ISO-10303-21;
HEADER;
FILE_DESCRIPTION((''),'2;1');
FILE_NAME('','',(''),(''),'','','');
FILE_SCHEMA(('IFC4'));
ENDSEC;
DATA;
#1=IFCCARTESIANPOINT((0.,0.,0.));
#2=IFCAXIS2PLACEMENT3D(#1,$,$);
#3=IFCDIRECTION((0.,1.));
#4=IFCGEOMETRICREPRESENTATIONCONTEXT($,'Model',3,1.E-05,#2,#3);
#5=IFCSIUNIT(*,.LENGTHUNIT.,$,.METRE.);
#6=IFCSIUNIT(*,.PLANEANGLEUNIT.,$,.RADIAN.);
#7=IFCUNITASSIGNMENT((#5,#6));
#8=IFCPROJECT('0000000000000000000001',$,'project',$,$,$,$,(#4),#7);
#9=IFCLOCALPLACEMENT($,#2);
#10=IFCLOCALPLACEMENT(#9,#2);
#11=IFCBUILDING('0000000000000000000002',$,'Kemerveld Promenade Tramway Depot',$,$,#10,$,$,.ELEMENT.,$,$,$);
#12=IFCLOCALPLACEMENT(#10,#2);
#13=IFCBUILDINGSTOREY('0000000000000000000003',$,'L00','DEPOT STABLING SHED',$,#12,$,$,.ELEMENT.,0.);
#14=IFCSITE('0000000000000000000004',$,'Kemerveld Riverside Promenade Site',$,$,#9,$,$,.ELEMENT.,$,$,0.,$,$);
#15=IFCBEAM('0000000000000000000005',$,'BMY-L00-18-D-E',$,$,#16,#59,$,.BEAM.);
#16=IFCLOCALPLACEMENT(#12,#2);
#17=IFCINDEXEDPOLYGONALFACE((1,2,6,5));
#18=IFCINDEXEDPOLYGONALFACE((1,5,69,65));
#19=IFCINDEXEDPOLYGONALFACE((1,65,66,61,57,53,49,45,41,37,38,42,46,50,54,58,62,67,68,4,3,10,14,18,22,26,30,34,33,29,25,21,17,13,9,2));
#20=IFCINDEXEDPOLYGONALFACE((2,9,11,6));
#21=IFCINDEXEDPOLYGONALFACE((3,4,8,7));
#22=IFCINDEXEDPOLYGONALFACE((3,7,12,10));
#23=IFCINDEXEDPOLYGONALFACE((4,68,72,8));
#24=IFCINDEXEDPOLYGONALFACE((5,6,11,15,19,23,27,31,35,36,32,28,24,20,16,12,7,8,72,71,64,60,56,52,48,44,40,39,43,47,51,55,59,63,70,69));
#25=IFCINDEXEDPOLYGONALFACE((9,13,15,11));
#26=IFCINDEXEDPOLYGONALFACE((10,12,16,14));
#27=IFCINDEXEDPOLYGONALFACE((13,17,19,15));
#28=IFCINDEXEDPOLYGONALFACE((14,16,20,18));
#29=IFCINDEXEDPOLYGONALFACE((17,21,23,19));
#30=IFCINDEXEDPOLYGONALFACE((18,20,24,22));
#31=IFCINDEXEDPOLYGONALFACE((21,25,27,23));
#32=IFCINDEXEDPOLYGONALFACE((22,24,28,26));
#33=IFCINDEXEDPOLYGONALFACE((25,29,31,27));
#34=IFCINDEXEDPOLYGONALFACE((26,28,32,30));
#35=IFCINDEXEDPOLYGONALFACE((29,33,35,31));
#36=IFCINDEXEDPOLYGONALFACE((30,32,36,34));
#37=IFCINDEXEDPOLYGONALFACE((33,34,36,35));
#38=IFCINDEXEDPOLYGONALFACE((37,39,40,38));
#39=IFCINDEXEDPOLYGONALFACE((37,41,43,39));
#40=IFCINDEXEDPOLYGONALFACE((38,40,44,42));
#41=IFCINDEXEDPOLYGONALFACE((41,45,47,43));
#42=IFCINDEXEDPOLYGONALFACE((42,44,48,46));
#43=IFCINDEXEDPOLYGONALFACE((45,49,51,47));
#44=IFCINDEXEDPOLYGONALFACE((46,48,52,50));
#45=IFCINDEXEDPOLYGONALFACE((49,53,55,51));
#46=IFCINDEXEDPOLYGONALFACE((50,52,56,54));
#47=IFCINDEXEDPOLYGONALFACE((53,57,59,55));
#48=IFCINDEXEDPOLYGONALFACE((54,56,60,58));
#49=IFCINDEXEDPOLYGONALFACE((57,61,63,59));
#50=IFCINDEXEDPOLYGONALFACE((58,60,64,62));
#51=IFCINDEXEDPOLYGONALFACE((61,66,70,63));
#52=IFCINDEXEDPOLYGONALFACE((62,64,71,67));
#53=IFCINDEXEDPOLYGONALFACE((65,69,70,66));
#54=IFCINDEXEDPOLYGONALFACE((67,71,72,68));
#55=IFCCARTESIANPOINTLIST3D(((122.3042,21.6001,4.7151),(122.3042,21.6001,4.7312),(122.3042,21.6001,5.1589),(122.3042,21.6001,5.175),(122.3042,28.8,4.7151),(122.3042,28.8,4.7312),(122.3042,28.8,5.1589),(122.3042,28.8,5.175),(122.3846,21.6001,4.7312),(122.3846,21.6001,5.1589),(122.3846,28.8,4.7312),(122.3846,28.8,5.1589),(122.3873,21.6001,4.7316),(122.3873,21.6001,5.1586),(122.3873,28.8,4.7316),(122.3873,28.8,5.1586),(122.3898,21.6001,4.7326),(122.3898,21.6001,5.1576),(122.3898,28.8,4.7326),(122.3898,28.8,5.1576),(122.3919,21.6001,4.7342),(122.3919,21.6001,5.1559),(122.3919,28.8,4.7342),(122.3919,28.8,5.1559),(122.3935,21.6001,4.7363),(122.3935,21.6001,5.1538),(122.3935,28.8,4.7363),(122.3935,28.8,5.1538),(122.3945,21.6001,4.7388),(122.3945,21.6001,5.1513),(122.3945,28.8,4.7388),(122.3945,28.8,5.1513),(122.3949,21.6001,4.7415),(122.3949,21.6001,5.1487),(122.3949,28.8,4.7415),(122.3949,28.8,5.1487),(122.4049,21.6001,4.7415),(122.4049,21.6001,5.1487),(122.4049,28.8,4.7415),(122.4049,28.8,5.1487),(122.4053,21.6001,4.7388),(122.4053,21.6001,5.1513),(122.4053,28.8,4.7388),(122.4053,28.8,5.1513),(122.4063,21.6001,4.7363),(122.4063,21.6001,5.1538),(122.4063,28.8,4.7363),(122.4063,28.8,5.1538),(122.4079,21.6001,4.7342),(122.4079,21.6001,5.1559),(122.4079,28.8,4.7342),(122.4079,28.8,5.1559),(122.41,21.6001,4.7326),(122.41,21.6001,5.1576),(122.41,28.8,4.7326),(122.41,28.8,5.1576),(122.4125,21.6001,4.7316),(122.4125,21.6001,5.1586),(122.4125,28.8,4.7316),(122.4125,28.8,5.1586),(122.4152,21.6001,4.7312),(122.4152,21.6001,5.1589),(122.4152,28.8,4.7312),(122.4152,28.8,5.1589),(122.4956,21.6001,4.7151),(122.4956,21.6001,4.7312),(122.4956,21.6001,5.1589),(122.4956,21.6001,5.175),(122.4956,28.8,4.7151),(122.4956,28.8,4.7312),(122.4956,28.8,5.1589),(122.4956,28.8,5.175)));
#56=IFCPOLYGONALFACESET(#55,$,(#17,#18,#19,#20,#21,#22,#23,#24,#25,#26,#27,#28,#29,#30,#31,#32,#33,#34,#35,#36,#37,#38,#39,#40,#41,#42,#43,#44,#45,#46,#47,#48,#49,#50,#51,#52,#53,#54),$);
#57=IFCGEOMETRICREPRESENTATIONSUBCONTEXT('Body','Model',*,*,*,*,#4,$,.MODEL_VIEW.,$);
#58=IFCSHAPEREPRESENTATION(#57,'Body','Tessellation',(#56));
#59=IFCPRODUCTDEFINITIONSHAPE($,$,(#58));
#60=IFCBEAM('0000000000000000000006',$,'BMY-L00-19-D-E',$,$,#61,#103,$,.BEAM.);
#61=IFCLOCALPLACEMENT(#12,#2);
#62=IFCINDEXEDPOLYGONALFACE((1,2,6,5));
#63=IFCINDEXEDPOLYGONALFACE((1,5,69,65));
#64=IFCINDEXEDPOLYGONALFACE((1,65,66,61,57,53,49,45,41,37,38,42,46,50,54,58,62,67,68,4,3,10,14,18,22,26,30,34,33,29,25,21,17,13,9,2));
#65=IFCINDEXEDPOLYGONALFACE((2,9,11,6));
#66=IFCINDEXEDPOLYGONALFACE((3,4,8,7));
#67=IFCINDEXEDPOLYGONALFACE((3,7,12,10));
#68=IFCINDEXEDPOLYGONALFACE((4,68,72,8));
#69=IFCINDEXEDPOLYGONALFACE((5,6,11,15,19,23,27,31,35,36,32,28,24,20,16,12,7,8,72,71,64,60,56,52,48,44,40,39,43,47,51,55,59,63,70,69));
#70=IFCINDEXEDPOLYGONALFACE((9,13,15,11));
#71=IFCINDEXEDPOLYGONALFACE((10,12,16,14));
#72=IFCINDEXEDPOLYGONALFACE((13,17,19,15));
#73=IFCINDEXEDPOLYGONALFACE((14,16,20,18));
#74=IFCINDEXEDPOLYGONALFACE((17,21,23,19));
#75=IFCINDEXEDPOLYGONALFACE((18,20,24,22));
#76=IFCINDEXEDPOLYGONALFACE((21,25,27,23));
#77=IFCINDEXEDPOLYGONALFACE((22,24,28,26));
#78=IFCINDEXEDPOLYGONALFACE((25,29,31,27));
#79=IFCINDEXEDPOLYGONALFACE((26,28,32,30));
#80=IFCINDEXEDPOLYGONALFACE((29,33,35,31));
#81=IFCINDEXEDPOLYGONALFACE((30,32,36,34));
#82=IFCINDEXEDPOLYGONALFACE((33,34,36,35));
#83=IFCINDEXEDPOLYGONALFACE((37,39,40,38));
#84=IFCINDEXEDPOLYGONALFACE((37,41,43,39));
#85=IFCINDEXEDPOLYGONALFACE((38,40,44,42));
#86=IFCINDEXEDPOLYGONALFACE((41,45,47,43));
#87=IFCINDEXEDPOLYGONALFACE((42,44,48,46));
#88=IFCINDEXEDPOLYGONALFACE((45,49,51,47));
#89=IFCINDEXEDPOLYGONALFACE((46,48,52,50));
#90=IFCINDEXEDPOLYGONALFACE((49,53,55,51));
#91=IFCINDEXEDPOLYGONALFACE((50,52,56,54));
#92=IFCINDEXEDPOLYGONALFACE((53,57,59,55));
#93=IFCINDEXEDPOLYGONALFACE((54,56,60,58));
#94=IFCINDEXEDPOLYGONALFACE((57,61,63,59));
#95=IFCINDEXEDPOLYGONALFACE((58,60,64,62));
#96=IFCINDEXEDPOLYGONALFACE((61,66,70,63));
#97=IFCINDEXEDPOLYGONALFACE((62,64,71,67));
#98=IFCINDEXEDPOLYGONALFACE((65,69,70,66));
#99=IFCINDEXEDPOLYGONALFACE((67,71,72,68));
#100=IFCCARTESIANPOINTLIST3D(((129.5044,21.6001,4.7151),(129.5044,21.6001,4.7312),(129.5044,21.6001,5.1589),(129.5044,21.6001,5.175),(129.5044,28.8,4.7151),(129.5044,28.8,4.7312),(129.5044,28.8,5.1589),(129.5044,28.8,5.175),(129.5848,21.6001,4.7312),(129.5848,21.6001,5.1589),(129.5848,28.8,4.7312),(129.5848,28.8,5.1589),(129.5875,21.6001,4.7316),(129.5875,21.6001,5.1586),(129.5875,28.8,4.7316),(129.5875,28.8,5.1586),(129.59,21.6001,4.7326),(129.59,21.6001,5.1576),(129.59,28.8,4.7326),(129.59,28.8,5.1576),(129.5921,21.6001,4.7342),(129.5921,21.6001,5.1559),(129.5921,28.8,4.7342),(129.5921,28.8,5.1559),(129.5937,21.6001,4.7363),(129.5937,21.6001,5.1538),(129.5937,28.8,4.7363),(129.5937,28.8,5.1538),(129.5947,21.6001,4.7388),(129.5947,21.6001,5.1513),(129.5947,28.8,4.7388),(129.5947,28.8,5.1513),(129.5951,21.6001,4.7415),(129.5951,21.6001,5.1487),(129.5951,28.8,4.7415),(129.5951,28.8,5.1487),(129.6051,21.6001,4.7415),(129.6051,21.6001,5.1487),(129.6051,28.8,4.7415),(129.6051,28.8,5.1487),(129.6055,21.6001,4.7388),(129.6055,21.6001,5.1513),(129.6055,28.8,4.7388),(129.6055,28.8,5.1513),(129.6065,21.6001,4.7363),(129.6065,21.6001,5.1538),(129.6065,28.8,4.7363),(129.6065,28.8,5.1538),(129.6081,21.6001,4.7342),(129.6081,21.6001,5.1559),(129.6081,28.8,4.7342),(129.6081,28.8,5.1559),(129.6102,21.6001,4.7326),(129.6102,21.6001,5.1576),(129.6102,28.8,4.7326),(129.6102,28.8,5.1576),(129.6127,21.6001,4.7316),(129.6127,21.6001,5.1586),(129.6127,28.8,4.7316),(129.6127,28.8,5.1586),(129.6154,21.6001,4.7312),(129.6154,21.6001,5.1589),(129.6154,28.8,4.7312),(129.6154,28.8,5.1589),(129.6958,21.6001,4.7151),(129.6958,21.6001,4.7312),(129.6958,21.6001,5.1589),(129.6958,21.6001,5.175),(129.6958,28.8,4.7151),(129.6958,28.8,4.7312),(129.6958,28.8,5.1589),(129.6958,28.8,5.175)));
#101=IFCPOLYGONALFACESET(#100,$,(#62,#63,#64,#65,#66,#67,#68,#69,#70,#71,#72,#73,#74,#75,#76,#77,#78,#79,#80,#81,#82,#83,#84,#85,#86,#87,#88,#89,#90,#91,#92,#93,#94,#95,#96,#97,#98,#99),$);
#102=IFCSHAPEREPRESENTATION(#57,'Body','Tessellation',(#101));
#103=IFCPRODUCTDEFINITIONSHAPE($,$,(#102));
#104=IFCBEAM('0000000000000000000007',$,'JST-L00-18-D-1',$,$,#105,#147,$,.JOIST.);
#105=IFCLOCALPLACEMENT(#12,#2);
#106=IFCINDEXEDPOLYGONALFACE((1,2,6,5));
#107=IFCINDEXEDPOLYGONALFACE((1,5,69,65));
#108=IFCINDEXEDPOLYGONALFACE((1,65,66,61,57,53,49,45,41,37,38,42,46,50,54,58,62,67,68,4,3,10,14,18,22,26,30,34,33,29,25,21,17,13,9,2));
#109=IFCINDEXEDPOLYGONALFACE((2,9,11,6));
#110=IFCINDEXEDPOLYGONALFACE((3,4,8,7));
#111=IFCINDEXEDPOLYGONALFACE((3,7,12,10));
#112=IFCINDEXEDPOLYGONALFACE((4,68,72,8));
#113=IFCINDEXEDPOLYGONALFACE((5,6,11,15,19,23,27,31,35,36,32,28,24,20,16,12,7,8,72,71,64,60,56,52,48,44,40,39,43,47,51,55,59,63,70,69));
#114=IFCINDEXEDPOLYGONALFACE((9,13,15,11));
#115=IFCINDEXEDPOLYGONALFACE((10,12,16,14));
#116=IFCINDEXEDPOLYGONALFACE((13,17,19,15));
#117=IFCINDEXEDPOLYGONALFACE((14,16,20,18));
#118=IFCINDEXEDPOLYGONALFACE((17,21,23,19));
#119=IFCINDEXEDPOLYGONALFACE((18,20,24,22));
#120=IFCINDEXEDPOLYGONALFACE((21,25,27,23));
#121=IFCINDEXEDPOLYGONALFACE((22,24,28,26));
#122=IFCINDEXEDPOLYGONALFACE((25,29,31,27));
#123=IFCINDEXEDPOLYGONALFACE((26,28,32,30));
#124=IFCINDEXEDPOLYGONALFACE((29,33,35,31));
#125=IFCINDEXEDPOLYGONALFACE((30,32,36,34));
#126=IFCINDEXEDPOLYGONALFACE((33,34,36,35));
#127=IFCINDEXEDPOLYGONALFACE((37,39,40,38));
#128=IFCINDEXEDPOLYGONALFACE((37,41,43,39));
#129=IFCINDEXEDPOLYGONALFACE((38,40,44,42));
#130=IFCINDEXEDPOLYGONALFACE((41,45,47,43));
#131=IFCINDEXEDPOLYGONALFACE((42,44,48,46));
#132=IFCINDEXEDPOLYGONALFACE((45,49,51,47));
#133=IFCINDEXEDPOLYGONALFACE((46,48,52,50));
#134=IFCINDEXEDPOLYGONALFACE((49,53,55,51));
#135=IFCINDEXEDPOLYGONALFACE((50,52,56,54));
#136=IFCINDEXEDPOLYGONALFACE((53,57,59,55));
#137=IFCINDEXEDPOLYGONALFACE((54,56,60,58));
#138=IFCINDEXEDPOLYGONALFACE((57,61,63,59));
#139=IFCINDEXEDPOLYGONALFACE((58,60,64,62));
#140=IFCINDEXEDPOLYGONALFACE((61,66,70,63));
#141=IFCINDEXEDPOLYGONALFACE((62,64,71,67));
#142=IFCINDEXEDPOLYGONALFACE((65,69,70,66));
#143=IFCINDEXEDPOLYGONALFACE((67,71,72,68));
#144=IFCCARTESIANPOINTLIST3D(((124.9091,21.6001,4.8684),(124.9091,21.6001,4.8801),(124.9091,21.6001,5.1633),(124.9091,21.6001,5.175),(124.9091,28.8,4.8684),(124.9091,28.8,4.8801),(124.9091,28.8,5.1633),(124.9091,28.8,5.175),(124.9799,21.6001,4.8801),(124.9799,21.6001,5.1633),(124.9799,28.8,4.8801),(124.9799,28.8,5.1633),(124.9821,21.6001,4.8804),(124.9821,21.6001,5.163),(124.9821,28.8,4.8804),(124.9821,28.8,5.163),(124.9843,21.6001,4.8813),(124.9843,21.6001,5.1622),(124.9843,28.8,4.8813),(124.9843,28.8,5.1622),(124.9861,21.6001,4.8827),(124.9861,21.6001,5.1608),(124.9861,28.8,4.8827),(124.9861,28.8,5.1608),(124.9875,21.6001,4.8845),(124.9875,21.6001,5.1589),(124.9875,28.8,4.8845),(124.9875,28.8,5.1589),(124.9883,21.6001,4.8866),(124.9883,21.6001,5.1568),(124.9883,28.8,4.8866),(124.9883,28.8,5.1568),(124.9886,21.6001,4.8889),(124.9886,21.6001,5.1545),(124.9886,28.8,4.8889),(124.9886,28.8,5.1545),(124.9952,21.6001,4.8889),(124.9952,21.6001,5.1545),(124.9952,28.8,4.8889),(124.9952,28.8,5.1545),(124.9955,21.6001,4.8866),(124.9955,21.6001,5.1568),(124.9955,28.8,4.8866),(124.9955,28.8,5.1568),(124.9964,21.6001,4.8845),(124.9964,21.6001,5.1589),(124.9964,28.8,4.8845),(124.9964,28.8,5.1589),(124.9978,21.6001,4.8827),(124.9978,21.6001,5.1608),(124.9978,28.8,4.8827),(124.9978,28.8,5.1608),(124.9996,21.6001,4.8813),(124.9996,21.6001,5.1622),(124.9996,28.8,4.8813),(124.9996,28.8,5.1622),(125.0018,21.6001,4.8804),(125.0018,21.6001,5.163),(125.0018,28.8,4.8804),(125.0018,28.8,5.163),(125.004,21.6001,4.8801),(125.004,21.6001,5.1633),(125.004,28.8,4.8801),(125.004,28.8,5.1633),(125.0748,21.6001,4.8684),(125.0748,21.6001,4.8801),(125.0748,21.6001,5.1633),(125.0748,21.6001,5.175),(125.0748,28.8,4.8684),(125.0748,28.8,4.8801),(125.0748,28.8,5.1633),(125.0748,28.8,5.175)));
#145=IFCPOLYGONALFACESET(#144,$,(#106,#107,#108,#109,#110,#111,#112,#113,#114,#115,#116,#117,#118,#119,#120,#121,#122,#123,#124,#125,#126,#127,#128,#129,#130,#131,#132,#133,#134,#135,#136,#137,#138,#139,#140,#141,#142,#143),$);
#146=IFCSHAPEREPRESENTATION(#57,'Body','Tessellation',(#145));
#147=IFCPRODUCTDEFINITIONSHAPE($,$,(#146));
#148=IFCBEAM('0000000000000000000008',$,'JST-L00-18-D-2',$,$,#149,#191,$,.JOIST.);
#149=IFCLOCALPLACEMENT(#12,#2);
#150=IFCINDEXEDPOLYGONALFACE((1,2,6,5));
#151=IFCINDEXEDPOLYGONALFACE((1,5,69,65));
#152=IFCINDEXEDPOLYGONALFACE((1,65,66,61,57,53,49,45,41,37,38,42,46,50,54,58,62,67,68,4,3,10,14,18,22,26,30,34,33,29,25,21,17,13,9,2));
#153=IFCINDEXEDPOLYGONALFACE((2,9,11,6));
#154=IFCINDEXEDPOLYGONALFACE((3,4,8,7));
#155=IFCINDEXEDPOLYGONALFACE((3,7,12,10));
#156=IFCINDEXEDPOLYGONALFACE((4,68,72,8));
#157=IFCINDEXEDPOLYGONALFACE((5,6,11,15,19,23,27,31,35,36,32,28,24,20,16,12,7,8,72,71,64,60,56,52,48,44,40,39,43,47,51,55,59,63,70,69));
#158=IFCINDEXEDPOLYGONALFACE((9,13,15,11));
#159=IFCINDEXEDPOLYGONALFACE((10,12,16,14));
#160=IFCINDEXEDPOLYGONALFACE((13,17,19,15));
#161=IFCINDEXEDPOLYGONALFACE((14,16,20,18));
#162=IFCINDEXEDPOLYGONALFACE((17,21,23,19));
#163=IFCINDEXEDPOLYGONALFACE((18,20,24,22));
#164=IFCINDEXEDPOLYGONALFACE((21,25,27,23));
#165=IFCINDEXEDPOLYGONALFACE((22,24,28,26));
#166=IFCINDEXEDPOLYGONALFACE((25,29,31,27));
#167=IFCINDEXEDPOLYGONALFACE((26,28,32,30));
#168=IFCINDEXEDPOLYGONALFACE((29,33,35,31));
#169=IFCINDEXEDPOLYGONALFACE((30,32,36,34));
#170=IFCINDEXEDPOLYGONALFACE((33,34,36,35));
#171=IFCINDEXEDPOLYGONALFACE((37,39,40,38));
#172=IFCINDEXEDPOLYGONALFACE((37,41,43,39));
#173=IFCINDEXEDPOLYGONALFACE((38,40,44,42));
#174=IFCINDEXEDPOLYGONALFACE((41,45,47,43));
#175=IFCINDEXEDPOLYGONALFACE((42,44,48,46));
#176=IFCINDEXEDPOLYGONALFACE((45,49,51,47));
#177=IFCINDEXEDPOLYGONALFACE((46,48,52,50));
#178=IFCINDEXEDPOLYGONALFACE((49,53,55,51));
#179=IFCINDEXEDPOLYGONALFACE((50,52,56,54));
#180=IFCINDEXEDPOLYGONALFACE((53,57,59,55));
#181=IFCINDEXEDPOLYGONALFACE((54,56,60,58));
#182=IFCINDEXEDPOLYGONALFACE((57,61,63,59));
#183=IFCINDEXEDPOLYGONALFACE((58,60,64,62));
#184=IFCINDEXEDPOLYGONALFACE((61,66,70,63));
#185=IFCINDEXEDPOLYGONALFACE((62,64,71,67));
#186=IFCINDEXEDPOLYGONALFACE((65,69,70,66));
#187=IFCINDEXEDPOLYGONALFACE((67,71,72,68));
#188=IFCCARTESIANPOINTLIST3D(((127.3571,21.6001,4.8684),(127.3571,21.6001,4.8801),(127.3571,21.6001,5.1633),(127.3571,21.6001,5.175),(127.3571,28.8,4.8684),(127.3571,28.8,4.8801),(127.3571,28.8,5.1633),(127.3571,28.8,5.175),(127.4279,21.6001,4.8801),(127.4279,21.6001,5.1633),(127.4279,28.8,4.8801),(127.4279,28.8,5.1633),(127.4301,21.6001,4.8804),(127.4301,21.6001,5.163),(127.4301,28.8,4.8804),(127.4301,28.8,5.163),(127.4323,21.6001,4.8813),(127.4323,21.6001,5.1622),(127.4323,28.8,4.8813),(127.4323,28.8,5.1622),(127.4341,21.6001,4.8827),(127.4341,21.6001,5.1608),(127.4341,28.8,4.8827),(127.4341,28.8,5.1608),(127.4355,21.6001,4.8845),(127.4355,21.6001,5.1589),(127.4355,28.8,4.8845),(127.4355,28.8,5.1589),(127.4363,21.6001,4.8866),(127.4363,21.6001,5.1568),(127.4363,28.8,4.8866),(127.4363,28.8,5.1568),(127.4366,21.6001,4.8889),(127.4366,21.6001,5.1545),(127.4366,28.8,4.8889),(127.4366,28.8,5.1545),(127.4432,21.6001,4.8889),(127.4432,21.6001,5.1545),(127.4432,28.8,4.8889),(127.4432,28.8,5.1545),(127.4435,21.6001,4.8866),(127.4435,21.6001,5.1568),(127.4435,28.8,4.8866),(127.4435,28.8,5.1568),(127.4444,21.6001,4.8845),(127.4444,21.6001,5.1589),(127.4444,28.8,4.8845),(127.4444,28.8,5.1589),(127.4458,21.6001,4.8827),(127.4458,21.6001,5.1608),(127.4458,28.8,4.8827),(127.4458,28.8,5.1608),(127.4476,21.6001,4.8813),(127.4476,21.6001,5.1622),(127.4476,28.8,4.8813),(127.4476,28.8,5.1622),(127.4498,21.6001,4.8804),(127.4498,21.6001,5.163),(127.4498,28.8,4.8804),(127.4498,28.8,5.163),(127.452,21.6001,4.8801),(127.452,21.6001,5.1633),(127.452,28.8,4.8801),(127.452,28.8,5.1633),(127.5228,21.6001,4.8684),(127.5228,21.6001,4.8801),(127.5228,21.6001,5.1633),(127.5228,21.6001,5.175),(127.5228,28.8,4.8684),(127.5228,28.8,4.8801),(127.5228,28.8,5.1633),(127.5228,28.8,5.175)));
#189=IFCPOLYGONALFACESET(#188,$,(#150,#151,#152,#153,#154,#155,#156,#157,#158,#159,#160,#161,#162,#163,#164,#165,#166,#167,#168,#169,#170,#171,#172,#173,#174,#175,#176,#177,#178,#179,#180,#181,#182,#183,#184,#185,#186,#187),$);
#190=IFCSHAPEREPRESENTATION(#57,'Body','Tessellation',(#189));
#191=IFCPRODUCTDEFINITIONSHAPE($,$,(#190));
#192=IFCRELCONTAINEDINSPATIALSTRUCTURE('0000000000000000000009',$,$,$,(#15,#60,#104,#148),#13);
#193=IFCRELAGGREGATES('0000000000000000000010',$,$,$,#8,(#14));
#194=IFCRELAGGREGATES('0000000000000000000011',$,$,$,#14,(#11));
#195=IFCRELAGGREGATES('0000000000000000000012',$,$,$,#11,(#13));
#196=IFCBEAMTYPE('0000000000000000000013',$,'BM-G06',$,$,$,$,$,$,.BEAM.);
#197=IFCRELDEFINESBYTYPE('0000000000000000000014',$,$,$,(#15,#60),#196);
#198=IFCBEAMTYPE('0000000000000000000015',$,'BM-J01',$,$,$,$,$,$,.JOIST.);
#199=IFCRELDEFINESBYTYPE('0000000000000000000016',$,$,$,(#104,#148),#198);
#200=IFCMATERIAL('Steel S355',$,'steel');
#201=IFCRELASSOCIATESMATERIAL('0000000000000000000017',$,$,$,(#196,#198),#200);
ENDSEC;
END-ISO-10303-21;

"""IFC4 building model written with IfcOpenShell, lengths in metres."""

from ifc_helpers import new_model, si_unit, direction, frame, origin, origin_2d, place, context, subcontext, project, spatial, i_section, extrude, material, material_profile, profile_set, type_object, element, save


model = new_model("IFC4")

# Units and contexts
model_context = context("Model", 3, precision=1e-05, world=origin(), true_north=direction((0.0, 1.0)))
body_context = subcontext(model_context, "Body", "Model", "MODEL_VIEW")
ifc_project = project(units=[si_unit("LENGTHUNIT", "METRE"), si_unit("PLANEANGLEUNIT", "RADIAN")], contexts=[model_context])

# Site, building, storey
site_placement = place(None, origin())
site = spatial("IfcSite", under=ifc_project, at=site_placement, Name="Kemerveld Riverside Promenade Site", CompositionType="ELEMENT", RefElevation=0.0)
building_placement = place(site_placement, origin())
building = spatial("IfcBuilding", under=site, at=building_placement, Name="Kemerveld Promenade Tramway Depot", CompositionType="ELEMENT")
storey_placement = place(building_placement, origin())
storey = spatial("IfcBuildingStorey", under=building, at=storey_placement, Name="L00", Description="DEPOT STABLING SHED", CompositionType="ELEMENT", Elevation=0.0)

# Shared definitions
ifc_material_1 = material(Name="Steel S355", Category="steel")

# Beams
ifc_material_profile_1 = material_profile(ifc_material_1, i_section(OverallWidth=0.1914, OverallDepth=0.46, WebThickness=0.01, FlangeThickness=0.0161, FilletRadius=0.0103, at=origin_2d()), Name="457x191x82 UB")
ifc_profile_set_1 = profile_set([ifc_material_profile_1], Name="Steel S355")
beam_type_1 = type_object("IfcBeamType", Name="BM-G06", PredefinedType="BEAM", material=ifc_profile_set_1)
for number, where, z_axis, x_axis, name in (
    (1, (122.3999, 21.6001, 4.9451), (0.0, 1.0, 0.0), (-1.0, 0.0, 0.0), "BMY-L00-18-D-E"),
    (2, (129.6001, 21.6001, 4.9451), (0.0, 1.0, 0.0), (-1.0, 0.0, 0.0), "BMY-L00-19-D-E"),
):
    element("IfcBeam", number, at=place(storey_placement, frame(where, z_axis=z_axis, x_axis=x_axis)), inside=storey, type_object=beam_type_1, Name=name, PredefinedType="BEAM", context=body_context, shape_type="SweptSolid", body=[
        extrude(i_section(OverallWidth=0.1914, OverallDepth=0.46, WebThickness=0.01, FlangeThickness=0.0161, FilletRadius=0.0103, at=origin_2d()), origin(), (0.0, 0.0, 1.0), 7.2),
    ])
ifc_material_profile_2 = material_profile(ifc_material_1, i_section(OverallWidth=0.1658, OverallDepth=0.3066, WebThickness=0.0066, FlangeThickness=0.0117, FilletRadius=0.0088, at=origin_2d()), Name="305x165x46 UB")
ifc_profile_set_2 = profile_set([ifc_material_profile_2], Name="Steel S355")
beam_type_2 = type_object("IfcBeamType", Name="BM-J01", PredefinedType="JOIST", material=ifc_profile_set_2)
for number, where, z_axis, x_axis, name in (
    (3, (124.9919, 21.6001, 5.0217), (0.0, 1.0, 0.0), (-1.0, 0.0, 0.0), "JST-L00-18-D-1"),
    (4, (127.4399, 21.6001, 5.0217), (0.0, 1.0, 0.0), (-1.0, 0.0, 0.0), "JST-L00-18-D-2"),
):
    element("IfcBeam", number, at=place(storey_placement, frame(where, z_axis=z_axis, x_axis=x_axis)), inside=storey, type_object=beam_type_2, Name=name, PredefinedType="JOIST", context=body_context, shape_type="SweptSolid", body=[
        extrude(i_section(OverallWidth=0.1658, OverallDepth=0.3066, WebThickness=0.0066, FlangeThickness=0.0117, FilletRadius=0.0088, at=origin_2d()), origin(), (0.0, 0.0, 1.0), 7.2),
    ])

save(model, "model.ifc")
